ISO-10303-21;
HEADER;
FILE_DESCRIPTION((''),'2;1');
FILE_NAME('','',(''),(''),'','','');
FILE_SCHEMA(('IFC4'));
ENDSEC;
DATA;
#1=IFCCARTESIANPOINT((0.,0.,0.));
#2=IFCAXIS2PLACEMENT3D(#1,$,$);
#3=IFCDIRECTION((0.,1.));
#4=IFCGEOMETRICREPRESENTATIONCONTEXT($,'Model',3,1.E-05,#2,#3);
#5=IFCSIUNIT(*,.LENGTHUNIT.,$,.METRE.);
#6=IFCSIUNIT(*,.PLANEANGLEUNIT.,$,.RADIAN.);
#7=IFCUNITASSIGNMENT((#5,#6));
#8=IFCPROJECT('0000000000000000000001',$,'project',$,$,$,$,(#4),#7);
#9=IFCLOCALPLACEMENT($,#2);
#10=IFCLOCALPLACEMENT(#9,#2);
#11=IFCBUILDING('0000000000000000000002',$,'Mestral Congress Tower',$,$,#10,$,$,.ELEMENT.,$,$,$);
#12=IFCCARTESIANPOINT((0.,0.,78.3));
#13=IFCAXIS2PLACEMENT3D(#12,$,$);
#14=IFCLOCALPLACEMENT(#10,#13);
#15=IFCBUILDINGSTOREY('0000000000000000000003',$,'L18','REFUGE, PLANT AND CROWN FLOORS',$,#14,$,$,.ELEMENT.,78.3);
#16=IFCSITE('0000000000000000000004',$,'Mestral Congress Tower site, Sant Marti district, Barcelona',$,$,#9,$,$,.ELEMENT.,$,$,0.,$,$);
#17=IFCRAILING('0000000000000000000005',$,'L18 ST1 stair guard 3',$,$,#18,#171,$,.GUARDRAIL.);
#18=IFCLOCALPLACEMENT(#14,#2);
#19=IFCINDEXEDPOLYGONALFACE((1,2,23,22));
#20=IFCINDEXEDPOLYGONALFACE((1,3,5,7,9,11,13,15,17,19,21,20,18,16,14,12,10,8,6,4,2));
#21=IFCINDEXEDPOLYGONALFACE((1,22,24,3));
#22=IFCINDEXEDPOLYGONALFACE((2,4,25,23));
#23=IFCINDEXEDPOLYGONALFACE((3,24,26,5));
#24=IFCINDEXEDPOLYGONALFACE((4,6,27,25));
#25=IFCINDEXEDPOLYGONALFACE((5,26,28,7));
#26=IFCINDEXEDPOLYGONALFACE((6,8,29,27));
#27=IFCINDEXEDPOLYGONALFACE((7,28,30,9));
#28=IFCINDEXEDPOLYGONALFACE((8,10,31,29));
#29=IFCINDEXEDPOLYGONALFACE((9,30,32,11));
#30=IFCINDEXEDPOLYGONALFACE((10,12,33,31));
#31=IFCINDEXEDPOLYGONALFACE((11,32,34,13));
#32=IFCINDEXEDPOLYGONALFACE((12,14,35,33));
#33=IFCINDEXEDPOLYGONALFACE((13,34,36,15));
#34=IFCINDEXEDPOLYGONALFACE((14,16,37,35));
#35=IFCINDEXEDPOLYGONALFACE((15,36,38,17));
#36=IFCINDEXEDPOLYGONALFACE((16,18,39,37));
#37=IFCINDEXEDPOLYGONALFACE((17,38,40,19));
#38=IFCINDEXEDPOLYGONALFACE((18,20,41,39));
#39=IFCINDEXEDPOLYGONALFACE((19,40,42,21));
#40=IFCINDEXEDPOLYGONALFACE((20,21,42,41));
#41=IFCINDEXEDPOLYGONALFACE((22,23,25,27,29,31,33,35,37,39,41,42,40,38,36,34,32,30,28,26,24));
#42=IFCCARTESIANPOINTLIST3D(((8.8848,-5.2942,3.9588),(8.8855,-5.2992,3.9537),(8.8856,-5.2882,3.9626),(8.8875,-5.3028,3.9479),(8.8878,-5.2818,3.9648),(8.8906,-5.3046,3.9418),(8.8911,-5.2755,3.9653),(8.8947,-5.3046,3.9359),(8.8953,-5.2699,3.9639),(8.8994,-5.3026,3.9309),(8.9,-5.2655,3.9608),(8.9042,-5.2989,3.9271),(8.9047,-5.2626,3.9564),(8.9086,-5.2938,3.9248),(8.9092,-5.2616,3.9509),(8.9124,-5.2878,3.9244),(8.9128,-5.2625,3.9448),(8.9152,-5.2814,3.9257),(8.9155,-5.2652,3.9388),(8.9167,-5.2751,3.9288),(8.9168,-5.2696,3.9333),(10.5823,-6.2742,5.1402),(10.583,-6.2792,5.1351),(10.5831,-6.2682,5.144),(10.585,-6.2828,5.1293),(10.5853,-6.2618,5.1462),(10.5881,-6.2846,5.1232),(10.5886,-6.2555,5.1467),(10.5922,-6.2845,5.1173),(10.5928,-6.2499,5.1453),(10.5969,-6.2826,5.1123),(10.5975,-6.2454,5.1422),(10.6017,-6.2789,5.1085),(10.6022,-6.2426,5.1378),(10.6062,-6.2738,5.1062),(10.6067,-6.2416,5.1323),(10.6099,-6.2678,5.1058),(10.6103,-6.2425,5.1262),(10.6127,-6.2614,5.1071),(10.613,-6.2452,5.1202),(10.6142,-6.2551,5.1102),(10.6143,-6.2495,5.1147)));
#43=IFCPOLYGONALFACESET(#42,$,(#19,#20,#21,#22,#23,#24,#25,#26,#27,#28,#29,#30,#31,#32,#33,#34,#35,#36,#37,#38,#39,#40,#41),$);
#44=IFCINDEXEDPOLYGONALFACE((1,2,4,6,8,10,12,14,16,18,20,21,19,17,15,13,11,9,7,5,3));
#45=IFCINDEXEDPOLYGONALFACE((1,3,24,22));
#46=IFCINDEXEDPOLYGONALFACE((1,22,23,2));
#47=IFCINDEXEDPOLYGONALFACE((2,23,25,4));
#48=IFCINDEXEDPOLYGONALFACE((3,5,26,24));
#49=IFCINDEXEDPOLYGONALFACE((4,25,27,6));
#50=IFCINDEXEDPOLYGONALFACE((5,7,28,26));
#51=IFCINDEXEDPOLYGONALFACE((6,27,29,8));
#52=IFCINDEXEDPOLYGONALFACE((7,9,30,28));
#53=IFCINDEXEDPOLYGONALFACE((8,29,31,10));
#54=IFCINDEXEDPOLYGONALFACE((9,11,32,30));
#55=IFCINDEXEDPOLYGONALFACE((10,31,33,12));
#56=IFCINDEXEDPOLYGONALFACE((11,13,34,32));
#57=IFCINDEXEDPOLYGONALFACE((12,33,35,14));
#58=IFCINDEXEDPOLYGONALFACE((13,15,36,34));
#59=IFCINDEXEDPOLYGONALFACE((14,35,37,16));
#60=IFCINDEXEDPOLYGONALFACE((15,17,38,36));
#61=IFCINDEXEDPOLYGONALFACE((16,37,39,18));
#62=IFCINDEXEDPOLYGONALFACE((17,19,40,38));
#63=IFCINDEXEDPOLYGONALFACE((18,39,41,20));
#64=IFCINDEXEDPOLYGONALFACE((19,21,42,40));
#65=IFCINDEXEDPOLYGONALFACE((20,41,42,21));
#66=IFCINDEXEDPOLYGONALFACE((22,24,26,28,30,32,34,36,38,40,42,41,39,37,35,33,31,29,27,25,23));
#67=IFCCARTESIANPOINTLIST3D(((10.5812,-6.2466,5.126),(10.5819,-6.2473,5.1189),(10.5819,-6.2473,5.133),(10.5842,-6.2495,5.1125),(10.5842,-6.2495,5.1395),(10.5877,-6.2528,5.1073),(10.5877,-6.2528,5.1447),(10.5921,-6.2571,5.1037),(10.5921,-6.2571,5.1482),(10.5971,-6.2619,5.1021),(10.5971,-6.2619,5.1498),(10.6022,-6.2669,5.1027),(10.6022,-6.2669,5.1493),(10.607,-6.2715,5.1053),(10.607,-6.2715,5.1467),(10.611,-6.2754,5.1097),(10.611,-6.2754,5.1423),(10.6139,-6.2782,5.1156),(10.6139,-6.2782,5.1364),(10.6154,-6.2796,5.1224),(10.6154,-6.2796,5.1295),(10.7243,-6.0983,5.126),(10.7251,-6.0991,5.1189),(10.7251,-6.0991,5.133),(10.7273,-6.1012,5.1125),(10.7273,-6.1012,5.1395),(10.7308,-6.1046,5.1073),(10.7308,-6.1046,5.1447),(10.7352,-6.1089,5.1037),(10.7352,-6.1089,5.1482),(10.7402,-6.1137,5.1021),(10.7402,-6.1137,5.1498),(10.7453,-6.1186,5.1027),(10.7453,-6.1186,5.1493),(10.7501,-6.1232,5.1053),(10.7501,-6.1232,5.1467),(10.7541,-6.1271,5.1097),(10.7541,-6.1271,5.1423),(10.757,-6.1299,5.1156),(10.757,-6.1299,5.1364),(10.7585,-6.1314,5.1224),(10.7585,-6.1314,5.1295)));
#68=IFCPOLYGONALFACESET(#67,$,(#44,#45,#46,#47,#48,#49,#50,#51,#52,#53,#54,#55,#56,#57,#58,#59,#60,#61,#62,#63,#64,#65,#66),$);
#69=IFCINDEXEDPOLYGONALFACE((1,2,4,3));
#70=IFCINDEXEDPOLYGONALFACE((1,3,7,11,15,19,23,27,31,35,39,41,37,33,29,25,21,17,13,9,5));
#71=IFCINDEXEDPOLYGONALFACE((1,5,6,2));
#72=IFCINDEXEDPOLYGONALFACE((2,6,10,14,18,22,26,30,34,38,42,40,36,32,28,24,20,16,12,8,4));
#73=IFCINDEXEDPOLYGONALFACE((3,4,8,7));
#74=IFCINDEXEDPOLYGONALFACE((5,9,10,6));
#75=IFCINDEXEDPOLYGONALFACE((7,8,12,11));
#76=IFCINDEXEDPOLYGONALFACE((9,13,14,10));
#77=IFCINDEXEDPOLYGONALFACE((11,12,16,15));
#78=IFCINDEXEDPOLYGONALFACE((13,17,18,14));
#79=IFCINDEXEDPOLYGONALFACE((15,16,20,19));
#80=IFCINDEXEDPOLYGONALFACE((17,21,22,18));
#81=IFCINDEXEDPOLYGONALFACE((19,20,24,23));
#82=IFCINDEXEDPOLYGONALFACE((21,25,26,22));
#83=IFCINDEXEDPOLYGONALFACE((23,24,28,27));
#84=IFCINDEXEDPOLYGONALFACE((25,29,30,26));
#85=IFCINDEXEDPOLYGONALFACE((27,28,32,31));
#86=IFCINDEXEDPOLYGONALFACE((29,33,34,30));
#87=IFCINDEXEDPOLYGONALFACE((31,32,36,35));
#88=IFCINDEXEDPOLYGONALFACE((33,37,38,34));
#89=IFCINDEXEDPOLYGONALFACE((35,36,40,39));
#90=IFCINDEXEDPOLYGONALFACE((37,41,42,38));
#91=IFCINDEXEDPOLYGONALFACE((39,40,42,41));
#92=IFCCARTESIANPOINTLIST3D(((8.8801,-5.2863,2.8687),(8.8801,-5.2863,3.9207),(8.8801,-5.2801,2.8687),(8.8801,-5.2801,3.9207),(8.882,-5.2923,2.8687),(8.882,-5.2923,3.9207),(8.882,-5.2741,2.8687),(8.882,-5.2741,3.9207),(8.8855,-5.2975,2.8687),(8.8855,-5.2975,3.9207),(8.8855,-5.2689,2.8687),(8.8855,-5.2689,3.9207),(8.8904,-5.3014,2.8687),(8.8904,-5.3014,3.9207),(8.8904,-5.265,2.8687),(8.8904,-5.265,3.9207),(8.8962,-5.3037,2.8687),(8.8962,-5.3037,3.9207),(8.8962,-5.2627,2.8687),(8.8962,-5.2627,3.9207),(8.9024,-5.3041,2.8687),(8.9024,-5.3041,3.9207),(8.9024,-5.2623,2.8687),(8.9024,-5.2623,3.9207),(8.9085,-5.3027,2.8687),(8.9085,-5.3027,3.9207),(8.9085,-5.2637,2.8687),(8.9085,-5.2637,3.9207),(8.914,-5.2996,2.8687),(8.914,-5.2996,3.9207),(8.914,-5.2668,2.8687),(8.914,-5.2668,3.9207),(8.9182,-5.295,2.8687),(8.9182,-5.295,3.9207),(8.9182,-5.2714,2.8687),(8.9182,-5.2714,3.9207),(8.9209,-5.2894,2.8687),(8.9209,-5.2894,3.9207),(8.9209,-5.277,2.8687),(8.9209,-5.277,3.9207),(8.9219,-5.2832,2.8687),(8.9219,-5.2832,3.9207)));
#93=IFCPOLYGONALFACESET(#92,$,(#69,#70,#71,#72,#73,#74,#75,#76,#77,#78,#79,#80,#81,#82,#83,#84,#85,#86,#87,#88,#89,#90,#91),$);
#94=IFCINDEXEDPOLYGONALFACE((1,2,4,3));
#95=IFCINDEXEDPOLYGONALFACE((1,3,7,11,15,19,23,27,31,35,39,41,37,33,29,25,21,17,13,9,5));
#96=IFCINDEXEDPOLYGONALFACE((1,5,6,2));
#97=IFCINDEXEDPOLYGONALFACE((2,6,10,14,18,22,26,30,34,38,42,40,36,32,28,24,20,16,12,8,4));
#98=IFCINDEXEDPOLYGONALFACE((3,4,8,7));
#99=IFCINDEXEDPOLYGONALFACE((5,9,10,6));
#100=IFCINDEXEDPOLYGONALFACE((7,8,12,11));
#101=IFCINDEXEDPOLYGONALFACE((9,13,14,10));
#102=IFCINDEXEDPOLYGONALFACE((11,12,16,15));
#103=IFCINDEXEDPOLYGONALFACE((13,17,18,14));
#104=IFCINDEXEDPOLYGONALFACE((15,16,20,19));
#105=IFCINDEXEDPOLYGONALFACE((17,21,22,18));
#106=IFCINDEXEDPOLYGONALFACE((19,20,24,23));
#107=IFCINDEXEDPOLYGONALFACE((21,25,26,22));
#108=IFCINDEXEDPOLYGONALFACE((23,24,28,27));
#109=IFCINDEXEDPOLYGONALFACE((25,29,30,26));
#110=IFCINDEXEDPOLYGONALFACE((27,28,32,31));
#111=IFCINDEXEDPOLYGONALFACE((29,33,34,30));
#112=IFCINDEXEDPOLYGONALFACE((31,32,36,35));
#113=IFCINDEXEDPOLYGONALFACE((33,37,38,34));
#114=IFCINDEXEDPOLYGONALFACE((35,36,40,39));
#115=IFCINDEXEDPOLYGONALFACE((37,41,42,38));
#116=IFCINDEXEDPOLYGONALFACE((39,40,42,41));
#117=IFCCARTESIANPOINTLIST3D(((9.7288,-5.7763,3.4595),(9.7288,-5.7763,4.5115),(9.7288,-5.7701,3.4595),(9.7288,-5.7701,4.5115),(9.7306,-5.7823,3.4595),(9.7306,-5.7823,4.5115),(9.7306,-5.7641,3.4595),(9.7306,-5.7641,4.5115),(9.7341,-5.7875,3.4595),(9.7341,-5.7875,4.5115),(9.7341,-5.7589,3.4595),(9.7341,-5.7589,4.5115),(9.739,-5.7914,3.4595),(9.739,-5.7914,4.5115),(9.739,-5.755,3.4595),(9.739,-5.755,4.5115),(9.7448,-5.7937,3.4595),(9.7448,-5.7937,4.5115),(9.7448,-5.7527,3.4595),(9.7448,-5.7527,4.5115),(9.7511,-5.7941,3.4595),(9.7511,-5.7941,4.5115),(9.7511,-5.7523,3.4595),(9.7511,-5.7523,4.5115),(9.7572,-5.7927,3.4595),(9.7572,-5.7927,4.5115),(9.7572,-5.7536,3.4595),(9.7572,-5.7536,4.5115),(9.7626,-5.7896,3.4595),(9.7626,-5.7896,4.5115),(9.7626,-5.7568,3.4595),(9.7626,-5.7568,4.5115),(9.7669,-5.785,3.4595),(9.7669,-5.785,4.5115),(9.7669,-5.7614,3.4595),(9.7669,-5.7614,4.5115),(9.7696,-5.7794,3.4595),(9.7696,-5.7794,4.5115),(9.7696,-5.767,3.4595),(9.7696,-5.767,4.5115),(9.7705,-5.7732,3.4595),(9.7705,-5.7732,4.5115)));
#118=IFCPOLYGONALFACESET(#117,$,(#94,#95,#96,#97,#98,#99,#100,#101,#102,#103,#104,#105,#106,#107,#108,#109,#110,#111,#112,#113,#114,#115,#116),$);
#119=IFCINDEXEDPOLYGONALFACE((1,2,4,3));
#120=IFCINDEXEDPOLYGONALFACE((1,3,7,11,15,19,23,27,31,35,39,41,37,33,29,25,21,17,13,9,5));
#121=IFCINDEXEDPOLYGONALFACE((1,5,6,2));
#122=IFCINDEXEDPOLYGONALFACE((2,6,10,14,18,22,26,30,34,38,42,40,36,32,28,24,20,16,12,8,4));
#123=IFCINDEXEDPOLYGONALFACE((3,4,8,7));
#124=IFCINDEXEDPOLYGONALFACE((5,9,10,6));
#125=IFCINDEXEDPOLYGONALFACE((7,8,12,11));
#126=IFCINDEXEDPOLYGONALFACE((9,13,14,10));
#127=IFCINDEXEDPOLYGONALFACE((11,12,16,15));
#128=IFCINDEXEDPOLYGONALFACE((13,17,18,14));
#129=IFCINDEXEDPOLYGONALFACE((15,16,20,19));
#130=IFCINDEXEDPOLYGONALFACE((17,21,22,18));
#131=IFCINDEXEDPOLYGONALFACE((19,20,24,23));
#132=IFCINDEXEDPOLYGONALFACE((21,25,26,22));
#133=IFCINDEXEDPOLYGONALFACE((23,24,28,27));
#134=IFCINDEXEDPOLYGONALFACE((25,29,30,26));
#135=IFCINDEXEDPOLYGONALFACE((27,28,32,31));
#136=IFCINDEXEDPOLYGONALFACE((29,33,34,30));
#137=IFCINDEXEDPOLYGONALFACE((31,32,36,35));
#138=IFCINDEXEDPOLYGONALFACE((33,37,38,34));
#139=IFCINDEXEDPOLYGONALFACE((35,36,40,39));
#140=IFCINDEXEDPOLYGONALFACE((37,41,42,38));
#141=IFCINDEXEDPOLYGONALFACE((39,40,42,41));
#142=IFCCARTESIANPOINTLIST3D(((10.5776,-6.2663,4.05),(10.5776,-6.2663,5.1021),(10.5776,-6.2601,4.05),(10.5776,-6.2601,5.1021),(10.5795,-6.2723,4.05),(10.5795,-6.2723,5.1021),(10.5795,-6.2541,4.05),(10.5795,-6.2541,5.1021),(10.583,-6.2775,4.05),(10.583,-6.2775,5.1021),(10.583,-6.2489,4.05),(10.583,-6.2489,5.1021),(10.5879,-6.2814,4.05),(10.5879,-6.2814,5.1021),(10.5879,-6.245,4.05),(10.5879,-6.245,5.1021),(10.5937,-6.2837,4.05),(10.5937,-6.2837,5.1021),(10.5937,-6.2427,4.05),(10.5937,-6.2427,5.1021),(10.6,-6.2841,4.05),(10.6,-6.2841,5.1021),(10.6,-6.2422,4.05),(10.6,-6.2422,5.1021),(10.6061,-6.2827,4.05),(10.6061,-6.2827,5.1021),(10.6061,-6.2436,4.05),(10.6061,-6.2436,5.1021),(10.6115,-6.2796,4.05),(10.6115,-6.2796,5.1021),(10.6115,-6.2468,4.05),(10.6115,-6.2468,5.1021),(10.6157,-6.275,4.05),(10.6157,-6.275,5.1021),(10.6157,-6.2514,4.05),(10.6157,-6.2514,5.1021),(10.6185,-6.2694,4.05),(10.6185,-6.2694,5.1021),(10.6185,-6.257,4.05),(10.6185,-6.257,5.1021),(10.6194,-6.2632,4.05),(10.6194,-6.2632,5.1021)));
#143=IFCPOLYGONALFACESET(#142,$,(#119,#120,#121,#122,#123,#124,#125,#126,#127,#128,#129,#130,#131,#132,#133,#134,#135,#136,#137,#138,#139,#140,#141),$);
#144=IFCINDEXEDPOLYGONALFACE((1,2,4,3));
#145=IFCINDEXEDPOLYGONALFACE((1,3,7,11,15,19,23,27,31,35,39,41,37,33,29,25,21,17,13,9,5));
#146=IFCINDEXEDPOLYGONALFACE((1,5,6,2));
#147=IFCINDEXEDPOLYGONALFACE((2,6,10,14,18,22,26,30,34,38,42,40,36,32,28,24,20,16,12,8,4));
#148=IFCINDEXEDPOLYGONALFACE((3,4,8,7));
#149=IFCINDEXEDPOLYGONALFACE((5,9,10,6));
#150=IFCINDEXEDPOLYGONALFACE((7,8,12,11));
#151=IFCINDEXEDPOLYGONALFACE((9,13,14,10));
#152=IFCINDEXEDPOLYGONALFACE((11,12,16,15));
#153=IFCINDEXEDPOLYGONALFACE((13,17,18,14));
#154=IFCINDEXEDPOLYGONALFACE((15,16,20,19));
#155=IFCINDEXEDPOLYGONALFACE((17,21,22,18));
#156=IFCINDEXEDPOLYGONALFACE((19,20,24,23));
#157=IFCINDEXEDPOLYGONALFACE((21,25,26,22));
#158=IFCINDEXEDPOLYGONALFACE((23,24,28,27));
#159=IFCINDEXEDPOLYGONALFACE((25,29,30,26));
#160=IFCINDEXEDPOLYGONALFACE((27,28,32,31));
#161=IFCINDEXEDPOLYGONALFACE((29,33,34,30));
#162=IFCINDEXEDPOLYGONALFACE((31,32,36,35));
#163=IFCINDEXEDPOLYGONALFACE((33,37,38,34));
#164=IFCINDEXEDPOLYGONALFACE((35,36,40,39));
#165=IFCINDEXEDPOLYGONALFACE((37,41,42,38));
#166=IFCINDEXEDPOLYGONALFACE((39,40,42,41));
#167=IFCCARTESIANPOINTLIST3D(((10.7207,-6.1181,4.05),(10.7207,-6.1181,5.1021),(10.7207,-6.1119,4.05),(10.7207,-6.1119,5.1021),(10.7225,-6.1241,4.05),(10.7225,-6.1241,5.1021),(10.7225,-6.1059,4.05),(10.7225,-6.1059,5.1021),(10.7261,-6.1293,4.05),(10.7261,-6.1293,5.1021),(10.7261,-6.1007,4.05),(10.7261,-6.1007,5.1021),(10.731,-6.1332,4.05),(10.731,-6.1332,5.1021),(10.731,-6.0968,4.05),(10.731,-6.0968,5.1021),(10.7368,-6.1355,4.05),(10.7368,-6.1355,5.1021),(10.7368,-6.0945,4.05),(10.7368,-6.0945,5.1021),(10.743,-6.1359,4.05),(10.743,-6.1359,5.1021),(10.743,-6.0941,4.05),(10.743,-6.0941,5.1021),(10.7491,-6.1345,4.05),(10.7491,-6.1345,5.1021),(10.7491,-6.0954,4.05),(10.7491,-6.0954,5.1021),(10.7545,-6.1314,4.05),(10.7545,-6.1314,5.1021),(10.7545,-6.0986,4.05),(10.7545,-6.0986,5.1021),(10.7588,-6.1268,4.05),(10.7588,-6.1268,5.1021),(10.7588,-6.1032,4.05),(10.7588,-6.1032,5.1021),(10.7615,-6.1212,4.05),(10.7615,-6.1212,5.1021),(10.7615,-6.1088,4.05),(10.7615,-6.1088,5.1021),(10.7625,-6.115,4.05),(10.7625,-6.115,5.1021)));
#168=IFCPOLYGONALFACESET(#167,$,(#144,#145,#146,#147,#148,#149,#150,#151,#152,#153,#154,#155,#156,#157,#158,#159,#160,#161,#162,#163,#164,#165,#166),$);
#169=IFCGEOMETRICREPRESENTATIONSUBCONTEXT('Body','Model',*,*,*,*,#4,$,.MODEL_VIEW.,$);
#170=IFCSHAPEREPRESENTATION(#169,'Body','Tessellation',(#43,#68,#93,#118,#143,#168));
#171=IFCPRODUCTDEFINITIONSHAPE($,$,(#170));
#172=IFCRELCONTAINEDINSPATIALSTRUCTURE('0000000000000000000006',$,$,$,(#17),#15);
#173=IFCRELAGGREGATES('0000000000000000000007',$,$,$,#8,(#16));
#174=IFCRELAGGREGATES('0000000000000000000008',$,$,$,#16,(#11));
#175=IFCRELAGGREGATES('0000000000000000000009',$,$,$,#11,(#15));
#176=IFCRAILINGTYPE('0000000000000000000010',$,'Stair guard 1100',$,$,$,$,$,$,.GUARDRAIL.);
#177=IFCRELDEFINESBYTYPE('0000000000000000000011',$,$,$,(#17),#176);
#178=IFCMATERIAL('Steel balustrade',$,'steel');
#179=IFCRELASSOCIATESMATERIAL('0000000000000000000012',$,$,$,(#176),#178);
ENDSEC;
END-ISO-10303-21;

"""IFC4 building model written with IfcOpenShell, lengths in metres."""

from ifc_helpers import new_model, si_unit, direction, frame, origin, origin_2d, place, context, subcontext, project, spatial, circle, extrude, material, type_object, element, save


model = new_model("IFC4")

# Units and contexts
model_context = context("Model", 3, precision=1e-05, world=origin(), true_north=direction((0.0, 1.0)))
body_context = subcontext(model_context, "Body", "Model", "MODEL_VIEW")
ifc_project = project(units=[si_unit("LENGTHUNIT", "METRE"), si_unit("PLANEANGLEUNIT", "RADIAN")], contexts=[model_context])

# Site, building, storey
site_placement = place(None, origin())
site = spatial("IfcSite", under=ifc_project, at=site_placement, Name="Mestral Congress Tower site, Sant Marti district, Barcelona", CompositionType="ELEMENT", RefElevation=0.0)
building_placement = place(site_placement, origin())
building = spatial("IfcBuilding", under=site, at=building_placement, Name="Mestral Congress Tower", CompositionType="ELEMENT")
storey_placement = place(building_placement, frame((0.0, 0.0, 78.3)))
storey = spatial("IfcBuildingStorey", under=building, at=storey_placement, Name="L18", Description="REFUGE, PLANT AND CROWN FLOORS", CompositionType="ELEMENT", Elevation=78.3)

# Railing
ifc_material_1 = material(Name="Steel balustrade", Category="steel")
railing_type_1 = type_object("IfcRailingType", Name="Stair guard 1100", PredefinedType="GUARDRAIL", material=ifc_material_1)
railing_1_placement = place(storey_placement, frame((8.9009, -5.2832, 2.8687)))
element("IfcRailing", 1, at=railing_1_placement, inside=storey, type_object=railing_type_1, Name="L18 ST1 stair guard 3", PredefinedType="GUARDRAIL", context=body_context, shape_type="SweptSolid", body=[
    extrude(circle(Radius=0.0239, at=origin_2d()), frame((0.0, 0.0, 1.0762), z_axis=(0.741731, -0.428205, 0.516214), x_axis=(0.49997, 0.866042, 0.0)), (0.0, 0.0, 1.0), 2.2886),
    extrude(circle(Radius=0.0239, at=origin_2d()), frame((1.6975, -0.98, 2.2573), z_axis=(0.694552, 0.719442, 0.0), x_axis=(-0.719442, 0.694552, 0.0)), (0.0, 0.0, 1.0), 0.2061),
    extrude(circle(Radius=0.021, at=origin_2d()), origin(), (0.0, 0.0, 1.0), 1.052),
    extrude(circle(Radius=0.021, at=origin_2d()), frame((0.8486, -0.49, 0.5908)), (0.0, 0.0, 1.0), 1.052),
    extrude(circle(Radius=0.021, at=origin_2d()), frame((1.6975, -0.98, 1.1814)), (0.0, 0.0, 1.0), 1.052),
    extrude(circle(Radius=0.021, at=origin_2d()), frame((1.8406, -0.8318, 1.1814)), (0.0, 0.0, 1.0), 1.052),
])

save(model, "model.ifc")
